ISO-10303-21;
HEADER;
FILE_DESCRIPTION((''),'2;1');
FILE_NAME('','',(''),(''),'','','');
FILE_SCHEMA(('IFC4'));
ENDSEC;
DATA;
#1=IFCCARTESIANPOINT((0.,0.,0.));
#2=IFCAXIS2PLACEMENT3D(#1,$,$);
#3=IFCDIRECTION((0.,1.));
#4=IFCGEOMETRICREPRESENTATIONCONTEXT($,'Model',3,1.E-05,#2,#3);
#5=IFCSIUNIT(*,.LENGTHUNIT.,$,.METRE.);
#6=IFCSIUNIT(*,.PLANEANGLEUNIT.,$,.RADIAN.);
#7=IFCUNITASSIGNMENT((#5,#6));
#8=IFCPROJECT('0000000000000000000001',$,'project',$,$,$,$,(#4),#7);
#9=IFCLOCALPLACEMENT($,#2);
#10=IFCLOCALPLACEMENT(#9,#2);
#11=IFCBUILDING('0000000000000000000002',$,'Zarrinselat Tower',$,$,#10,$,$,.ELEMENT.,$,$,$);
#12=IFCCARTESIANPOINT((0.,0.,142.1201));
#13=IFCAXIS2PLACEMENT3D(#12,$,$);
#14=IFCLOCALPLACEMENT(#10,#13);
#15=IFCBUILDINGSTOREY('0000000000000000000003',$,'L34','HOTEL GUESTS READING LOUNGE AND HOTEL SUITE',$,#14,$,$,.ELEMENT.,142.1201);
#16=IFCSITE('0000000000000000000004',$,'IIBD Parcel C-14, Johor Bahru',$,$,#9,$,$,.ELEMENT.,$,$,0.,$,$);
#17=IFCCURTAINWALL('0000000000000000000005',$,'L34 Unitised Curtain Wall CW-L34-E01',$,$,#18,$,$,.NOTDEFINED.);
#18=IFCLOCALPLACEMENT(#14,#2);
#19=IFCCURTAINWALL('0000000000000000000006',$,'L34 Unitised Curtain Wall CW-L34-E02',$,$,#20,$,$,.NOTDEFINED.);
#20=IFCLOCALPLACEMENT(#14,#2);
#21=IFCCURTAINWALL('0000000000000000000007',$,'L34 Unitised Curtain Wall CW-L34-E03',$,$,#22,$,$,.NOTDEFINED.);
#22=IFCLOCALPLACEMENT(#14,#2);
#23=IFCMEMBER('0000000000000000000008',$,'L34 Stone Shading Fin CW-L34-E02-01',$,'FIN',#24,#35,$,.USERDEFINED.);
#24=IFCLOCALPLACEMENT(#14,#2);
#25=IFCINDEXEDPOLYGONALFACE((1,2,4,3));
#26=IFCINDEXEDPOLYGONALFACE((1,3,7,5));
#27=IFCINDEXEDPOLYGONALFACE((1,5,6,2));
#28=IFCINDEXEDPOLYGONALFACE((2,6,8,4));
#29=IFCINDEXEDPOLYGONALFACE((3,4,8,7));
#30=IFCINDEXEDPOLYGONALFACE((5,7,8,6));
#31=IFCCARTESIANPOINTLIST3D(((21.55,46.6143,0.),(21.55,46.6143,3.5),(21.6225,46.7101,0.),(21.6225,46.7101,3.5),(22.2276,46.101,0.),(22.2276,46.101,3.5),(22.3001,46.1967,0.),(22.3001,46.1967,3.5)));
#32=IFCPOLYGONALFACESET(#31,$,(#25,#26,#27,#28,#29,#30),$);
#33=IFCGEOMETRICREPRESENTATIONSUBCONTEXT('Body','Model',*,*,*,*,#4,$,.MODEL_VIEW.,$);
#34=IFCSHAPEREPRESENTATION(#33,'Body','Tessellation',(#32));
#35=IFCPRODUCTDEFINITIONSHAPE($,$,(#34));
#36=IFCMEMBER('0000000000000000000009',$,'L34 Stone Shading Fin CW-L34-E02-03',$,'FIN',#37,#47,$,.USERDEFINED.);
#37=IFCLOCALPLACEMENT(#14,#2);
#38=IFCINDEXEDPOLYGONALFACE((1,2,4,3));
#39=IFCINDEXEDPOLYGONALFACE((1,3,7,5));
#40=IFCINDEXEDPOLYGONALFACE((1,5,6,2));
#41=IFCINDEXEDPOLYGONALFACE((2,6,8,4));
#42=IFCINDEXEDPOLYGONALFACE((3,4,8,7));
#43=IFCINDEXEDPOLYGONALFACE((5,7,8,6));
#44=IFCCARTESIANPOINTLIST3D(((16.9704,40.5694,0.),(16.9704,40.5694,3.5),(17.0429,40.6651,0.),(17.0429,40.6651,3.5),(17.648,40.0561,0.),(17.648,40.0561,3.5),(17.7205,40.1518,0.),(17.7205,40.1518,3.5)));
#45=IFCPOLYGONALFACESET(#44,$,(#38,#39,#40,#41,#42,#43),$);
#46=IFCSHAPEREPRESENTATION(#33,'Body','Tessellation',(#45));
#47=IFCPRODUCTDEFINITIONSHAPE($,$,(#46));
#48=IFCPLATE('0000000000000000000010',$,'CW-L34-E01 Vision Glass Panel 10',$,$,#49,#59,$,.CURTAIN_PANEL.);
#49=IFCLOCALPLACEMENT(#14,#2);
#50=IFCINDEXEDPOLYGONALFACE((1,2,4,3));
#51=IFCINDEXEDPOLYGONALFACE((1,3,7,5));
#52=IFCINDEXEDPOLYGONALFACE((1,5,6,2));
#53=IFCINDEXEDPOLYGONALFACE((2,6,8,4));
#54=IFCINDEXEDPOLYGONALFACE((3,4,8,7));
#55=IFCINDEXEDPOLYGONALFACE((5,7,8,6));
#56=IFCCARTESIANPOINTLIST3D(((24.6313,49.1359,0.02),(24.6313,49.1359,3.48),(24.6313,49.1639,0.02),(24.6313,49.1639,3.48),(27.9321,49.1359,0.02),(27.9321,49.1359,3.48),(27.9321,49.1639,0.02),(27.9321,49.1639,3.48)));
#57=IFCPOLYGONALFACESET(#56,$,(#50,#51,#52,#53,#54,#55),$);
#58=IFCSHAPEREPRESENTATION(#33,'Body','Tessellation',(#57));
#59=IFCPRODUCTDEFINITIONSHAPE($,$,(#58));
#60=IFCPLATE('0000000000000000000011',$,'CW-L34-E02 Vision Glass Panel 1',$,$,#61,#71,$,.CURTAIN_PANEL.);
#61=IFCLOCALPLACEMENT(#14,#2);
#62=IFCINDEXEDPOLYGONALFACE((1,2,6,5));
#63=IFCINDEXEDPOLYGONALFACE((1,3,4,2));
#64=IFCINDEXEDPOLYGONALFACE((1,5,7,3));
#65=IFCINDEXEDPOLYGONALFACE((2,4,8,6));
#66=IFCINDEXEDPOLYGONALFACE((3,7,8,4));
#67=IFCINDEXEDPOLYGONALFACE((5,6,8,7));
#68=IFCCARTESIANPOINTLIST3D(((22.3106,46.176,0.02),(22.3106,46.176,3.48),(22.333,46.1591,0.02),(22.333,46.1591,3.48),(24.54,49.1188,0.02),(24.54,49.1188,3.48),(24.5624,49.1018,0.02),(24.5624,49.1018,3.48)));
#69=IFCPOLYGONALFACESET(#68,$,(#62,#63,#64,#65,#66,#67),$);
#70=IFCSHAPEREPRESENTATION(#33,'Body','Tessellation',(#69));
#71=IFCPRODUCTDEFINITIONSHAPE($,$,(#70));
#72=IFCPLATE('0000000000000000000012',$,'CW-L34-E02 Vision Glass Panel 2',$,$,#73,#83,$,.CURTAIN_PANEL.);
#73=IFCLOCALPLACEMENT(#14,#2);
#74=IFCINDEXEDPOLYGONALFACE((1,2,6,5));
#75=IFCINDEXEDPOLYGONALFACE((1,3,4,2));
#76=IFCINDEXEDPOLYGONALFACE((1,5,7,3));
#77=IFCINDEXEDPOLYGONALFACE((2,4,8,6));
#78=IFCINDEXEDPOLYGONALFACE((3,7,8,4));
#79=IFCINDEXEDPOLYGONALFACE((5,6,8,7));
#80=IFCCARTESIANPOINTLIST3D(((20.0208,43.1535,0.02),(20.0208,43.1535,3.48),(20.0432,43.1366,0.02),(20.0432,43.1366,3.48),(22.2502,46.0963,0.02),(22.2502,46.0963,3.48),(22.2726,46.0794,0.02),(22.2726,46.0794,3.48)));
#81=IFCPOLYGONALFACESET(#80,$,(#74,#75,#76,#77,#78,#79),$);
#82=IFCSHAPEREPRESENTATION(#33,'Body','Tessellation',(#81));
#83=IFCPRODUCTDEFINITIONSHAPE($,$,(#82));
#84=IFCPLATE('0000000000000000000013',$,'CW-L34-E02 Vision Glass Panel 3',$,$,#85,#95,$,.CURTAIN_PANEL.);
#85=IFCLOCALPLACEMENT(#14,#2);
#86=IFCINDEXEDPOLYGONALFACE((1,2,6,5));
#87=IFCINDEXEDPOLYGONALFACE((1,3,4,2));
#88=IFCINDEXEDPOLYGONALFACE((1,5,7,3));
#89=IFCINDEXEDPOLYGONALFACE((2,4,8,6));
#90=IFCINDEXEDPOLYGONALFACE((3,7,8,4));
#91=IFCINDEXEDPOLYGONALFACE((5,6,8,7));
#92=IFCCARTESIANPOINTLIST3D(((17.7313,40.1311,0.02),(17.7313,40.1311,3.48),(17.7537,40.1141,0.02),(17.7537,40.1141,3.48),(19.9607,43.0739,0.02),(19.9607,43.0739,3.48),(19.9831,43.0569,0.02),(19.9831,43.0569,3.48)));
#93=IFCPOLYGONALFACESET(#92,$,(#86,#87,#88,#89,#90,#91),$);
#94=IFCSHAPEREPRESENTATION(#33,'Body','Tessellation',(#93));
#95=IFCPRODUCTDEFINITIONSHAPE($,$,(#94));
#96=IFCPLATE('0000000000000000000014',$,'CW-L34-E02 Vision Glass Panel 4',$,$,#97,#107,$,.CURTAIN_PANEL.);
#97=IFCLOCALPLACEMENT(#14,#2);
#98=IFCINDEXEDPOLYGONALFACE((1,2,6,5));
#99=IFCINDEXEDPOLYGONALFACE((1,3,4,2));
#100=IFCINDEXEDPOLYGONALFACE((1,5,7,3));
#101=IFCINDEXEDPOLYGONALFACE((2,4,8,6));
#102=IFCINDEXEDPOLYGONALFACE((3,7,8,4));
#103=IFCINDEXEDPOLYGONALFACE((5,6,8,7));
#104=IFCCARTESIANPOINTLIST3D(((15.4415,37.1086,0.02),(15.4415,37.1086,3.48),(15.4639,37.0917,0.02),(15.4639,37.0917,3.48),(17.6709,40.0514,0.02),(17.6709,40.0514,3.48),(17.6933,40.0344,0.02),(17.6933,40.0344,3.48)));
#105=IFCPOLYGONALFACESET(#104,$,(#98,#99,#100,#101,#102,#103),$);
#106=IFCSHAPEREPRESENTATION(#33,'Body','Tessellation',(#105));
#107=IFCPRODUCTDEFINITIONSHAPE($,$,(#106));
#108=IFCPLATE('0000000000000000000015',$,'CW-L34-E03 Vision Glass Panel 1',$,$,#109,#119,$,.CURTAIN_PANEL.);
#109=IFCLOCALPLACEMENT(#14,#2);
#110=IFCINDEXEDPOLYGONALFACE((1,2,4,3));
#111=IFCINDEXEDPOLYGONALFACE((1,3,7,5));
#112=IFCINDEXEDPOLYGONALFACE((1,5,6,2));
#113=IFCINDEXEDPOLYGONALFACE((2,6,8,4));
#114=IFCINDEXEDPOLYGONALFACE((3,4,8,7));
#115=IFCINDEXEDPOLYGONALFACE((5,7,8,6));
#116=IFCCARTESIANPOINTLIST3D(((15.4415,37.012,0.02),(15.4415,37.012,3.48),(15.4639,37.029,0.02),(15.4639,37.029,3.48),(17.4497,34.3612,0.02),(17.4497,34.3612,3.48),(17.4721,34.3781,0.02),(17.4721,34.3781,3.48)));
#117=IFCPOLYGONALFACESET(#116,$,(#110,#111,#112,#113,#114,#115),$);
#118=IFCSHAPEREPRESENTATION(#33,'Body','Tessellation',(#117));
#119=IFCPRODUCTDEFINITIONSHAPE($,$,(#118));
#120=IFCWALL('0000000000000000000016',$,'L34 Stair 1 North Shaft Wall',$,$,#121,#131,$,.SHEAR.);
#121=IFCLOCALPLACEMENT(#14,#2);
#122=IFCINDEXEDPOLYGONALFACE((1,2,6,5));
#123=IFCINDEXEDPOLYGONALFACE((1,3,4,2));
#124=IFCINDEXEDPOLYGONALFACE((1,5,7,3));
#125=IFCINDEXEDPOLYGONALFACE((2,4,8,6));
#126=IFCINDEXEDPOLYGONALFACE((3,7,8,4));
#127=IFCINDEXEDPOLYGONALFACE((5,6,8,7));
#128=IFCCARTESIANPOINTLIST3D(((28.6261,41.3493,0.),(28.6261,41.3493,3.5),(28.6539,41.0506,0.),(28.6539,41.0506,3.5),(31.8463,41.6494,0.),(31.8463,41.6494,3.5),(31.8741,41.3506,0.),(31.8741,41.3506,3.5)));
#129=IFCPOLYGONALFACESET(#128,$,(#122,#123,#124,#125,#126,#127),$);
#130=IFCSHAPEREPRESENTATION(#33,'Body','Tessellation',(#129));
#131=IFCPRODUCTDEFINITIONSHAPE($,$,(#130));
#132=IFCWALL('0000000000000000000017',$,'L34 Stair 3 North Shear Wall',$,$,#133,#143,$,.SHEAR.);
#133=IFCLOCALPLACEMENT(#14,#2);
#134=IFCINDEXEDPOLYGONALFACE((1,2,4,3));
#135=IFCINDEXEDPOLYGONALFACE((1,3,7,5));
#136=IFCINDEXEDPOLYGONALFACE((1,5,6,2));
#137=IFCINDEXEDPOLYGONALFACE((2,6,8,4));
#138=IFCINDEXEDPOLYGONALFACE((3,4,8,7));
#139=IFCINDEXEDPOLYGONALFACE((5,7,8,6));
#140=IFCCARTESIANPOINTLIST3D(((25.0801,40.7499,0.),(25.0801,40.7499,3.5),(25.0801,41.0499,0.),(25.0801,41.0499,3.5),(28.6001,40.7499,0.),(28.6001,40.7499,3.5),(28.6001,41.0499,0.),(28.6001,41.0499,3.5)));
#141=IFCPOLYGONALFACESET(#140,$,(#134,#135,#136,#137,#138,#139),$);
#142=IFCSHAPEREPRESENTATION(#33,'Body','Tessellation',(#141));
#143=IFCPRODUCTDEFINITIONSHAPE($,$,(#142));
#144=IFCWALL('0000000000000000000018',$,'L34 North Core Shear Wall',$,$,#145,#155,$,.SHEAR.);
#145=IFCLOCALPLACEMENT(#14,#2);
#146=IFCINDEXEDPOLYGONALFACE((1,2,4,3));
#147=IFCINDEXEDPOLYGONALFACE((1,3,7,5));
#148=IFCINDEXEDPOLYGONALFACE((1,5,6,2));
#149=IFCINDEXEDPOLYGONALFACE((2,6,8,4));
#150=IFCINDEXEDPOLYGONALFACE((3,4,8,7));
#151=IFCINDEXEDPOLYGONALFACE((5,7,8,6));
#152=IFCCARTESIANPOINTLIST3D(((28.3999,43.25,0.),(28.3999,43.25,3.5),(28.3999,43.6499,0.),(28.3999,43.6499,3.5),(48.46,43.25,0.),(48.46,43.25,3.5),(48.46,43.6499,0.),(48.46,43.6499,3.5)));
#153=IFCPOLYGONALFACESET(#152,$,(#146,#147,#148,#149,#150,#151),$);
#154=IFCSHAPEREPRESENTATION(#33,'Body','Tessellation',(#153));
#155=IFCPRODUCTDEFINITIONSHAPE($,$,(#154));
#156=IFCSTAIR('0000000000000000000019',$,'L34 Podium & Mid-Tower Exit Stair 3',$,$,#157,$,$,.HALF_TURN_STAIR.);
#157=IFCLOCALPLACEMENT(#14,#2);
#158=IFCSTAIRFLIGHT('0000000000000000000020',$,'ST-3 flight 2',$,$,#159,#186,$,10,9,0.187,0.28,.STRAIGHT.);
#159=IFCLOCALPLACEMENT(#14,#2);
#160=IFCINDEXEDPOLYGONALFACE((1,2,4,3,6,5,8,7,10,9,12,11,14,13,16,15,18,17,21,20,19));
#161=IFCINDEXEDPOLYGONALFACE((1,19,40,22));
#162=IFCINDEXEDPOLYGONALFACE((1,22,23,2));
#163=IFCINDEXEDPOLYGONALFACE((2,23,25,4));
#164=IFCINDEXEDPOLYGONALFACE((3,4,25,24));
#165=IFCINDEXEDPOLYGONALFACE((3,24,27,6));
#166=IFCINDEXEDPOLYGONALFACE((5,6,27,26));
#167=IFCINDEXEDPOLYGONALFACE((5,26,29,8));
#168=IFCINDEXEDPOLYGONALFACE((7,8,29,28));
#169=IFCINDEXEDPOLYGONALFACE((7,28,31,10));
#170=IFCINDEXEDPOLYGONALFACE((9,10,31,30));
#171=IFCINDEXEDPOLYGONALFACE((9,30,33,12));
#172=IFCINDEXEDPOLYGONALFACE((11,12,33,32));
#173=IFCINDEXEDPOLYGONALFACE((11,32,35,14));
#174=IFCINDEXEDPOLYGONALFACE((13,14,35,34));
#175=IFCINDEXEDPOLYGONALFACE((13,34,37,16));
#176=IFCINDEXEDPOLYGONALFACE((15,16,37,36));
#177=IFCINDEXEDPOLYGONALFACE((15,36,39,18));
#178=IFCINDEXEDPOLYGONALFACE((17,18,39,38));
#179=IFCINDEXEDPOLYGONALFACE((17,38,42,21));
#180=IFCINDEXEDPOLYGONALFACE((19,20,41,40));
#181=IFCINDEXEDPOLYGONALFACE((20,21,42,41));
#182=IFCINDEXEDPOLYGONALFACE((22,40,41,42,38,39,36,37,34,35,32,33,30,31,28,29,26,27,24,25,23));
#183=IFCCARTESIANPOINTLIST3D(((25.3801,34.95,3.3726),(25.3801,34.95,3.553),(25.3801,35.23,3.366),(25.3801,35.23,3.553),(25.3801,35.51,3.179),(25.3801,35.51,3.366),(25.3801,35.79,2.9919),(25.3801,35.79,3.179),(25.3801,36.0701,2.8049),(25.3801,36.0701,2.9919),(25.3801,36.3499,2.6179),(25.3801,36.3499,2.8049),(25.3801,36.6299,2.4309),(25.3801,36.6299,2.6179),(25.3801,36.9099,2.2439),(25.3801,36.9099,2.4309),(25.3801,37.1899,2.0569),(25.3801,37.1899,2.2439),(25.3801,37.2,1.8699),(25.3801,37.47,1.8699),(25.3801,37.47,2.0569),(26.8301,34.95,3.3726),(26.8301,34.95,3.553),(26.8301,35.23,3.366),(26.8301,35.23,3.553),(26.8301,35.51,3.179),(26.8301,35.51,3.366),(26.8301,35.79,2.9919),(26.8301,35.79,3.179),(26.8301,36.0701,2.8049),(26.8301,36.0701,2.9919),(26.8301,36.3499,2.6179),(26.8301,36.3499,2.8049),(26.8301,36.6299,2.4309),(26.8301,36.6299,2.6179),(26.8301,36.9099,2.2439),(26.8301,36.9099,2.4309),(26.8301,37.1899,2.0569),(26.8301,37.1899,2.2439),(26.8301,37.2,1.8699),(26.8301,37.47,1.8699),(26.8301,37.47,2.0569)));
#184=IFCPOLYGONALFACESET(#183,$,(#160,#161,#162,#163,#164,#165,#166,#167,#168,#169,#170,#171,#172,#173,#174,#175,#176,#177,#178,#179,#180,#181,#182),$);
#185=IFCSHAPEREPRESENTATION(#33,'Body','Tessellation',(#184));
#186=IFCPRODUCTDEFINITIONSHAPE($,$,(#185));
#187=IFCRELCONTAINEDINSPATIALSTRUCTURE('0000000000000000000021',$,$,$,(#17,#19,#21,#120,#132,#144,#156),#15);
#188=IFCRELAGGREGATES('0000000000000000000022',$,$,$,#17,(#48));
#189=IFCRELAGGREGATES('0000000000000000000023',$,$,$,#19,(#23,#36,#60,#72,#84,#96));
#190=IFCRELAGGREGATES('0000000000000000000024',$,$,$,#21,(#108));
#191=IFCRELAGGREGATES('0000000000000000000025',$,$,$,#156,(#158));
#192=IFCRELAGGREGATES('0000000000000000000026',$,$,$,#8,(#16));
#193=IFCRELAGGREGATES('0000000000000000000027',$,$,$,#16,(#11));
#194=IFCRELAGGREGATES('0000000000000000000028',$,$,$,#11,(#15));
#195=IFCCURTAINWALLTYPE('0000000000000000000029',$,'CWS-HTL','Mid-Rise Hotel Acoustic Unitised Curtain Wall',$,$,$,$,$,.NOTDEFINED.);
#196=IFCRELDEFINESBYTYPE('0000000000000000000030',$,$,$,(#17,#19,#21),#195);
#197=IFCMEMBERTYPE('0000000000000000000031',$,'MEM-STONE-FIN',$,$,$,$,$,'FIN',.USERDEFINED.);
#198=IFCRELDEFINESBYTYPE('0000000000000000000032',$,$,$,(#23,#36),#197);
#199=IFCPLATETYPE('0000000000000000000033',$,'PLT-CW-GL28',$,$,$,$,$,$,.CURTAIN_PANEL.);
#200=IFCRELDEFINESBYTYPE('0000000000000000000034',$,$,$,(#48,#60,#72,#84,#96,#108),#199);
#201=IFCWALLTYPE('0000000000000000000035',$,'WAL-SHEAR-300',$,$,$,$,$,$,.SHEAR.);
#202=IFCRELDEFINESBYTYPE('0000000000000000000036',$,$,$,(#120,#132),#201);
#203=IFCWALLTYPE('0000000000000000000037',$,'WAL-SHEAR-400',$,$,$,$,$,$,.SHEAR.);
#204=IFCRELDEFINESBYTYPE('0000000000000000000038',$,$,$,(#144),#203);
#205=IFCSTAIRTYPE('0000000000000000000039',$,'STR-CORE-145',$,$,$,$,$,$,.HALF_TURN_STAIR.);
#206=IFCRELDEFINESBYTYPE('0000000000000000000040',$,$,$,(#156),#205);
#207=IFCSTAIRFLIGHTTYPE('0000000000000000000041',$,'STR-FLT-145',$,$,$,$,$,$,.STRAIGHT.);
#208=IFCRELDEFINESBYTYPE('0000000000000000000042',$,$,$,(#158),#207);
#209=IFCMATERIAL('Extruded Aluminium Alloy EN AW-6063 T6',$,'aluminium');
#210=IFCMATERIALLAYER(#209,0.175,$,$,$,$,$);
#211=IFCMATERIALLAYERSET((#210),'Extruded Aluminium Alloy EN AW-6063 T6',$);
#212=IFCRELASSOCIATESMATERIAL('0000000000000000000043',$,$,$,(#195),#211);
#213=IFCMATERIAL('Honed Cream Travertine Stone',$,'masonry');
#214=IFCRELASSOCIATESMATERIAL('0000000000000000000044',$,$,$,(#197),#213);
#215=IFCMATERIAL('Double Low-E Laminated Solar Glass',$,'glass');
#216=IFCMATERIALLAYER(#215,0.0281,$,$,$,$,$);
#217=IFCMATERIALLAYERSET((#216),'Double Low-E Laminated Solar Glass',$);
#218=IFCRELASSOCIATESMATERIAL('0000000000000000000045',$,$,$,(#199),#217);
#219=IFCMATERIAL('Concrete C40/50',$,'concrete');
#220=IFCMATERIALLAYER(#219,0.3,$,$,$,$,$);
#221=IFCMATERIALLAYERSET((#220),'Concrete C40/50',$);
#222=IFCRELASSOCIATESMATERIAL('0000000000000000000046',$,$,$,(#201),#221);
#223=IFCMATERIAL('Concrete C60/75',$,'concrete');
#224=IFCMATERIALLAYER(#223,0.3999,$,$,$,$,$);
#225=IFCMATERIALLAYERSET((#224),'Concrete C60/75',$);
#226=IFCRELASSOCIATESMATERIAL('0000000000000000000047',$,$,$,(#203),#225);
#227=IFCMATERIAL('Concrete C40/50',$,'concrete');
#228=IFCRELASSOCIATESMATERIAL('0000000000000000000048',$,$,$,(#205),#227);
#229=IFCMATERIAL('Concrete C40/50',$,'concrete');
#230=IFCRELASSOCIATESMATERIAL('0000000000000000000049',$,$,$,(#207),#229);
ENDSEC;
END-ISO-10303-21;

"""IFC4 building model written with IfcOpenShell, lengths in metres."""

from ifc_helpers import new_model, si_unit, direction, frame, frame_2d, origin, origin_2d, place, context, subcontext, project, spatial, polyline, rectangle, outline, extrude, material, layer, layer_set, material_profile, profile_set, type_object, element, aggregate, save


model = new_model("IFC4")

# Units and contexts
model_context = context("Model", 3, precision=1e-05, world=origin(), true_north=direction((0.0, 1.0)))
body_context = subcontext(model_context, "Body", "Model", "MODEL_VIEW")
ifc_project = project(units=[si_unit("LENGTHUNIT", "METRE"), si_unit("PLANEANGLEUNIT", "RADIAN")], contexts=[model_context])

# Site, building, storey
site_placement = place(None, origin())
site = spatial("IfcSite", under=ifc_project, at=site_placement, Name="IIBD Parcel C-14, Johor Bahru", CompositionType="ELEMENT", RefElevation=0.0)
building_placement = place(site_placement, origin())
building = spatial("IfcBuilding", under=site, at=building_placement, Name="Zarrinselat Tower", CompositionType="ELEMENT")
storey_placement = place(building_placement, frame((0.0, 0.0, 142.1201)))
storey = spatial("IfcBuildingStorey", under=building, at=storey_placement, Name="L34", Description="HOTEL GUESTS READING LOUNGE AND HOTEL SUITE", CompositionType="ELEMENT", Elevation=142.1201)

# Curtain walls
ifc_material_1 = material(Name="Extruded Aluminium Alloy EN AW-6063 T6", Category="aluminium")
ifc_layer_1 = layer(ifc_material_1, 0.175)
ifc_layer_set_1 = layer_set([ifc_layer_1], Name="Extruded Aluminium Alloy EN AW-6063 T6")
curtain_wall_type = type_object("IfcCurtainWallType", Name="CWS-HTL", Description="Mid-Rise Hotel Acoustic Unitised Curtain Wall", PredefinedType="NOTDEFINED", material=ifc_layer_set_1)
curtain_wall_1_placement = place(storey_placement, origin())
curtain_wall_1 = element("IfcCurtainWall", 1, at=curtain_wall_1_placement, inside=storey, type_object=curtain_wall_type, Name="L34 Unitised Curtain Wall CW-L34-E01", PredefinedType="NOTDEFINED")
curtain_wall_2_placement = place(storey_placement, origin())
curtain_wall_2 = element("IfcCurtainWall", 2, at=curtain_wall_2_placement, inside=storey, type_object=curtain_wall_type, Name="L34 Unitised Curtain Wall CW-L34-E02", PredefinedType="NOTDEFINED")

# Curtain wall
curtain_wall_3_placement = place(storey_placement, origin())
curtain_wall_3 = element("IfcCurtainWall", 3, at=curtain_wall_3_placement, inside=storey, type_object=curtain_wall_type, Name="L34 Unitised Curtain Wall CW-L34-E03", PredefinedType="NOTDEFINED")

# Members
ifc_material_2 = material(Name="Honed Cream Travertine Stone", Category="masonry")
ifc_material_profile_1 = material_profile(ifc_material_2, rectangle(XDim=0.1201, YDim=0.8501, at=origin_2d()), Name="FIN 850x120")
ifc_profile_set_1 = profile_set([ifc_material_profile_1], Name="Honed Cream Travertine Stone")
member_type_1 = type_object("IfcMemberType", Name="MEM-STONE-FIN", ElementType="FIN", PredefinedType="USERDEFINED", material=ifc_profile_set_1)
member_1_placement = place(storey_placement, frame((21.925, 46.4055, 0.0), z_axis=(0.0, 0.0, 1.0), x_axis=(0.603859, 0.797091, 0.0)))
member_1 = element("IfcMember", 4, at=member_1_placement, type_object=member_type_1, Name="L34 Stone Shading Fin CW-L34-E02-01", ObjectType="FIN", PredefinedType="USERDEFINED", context=body_context, shape_type="SweptSolid", body=[
    extrude(rectangle(XDim=0.1201, YDim=0.8501, at=origin_2d()), origin(), (0.0, 0.0, 1.0), 3.5),
])
member_2_placement = place(storey_placement, frame((17.3455, 40.3606, 0.0), z_axis=(0.0, 0.0, 1.0), x_axis=(0.603859, 0.797091, 0.0)))
member_2 = element("IfcMember", 5, at=member_2_placement, type_object=member_type_1, Name="L34 Stone Shading Fin CW-L34-E02-03", ObjectType="FIN", PredefinedType="USERDEFINED", context=body_context, shape_type="SweptSolid", body=[
    extrude(rectangle(XDim=0.1201, YDim=0.8501, at=origin_2d()), origin(), (0.0, 0.0, 1.0), 3.5),
])

# Plates
ifc_material_3 = material(Name="Double Low-E Laminated Solar Glass", Category="glass")
ifc_layer_2 = layer(ifc_material_3, 0.0281)
ifc_layer_set_2 = layer_set([ifc_layer_2], Name="Double Low-E Laminated Solar Glass")
plate_type = type_object("IfcPlateType", Name="PLT-CW-GL28", PredefinedType="CURTAIN_PANEL", material=ifc_layer_set_2)
plate_1_placement = place(storey_placement, frame((26.2817, 49.1499, 0.02), z_axis=(0.0, 0.0, 1.0), x_axis=(-1.0, 0.0, 0.0)))
plate_1 = element("IfcPlate", 6, at=plate_1_placement, type_object=plate_type, Name="CW-L34-E01 Vision Glass Panel 10", PredefinedType="CURTAIN_PANEL", context=body_context, shape_type="SweptSolid", body=[
    extrude(rectangle(XDim=3.3008, YDim=0.0281, at=origin_2d()), origin(), (0.0, 0.0, 1.0), 3.46),
])
aggregate(curtain_wall_1, [plate_1])
plate_2_placement = place(storey_placement, frame((23.4365, 47.6389, 0.02), z_axis=(0.0, 0.0, 1.0), x_axis=(-0.603859, -0.797091, 0.0)))
plate_2 = element("IfcPlate", 7, at=plate_2_placement, type_object=plate_type, Name="CW-L34-E02 Vision Glass Panel 1", PredefinedType="CURTAIN_PANEL", context=body_context, shape_type="SweptSolid", body=[
    extrude(rectangle(XDim=3.6919, YDim=0.0281, at=origin_2d()), origin(), (0.0, 0.0, 1.0), 3.46),
])
plate_3_placement = place(storey_placement, frame((21.1467, 44.6165, 0.02), z_axis=(0.0, 0.0, 1.0), x_axis=(-0.603859, -0.797091, 0.0)))
plate_3 = element("IfcPlate", 8, at=plate_3_placement, type_object=plate_type, Name="CW-L34-E02 Vision Glass Panel 2", PredefinedType="CURTAIN_PANEL", context=body_context, shape_type="SweptSolid", body=[
    extrude(rectangle(XDim=3.6919, YDim=0.0281, at=origin_2d()), origin(), (0.0, 0.0, 1.0), 3.46),
])
plate_4_placement = place(storey_placement, frame((18.8572, 41.594, 0.02), z_axis=(0.0, 0.0, 1.0), x_axis=(-0.603859, -0.797091, 0.0)))
plate_4 = element("IfcPlate", 9, at=plate_4_placement, type_object=plate_type, Name="CW-L34-E02 Vision Glass Panel 3", PredefinedType="CURTAIN_PANEL", context=body_context, shape_type="SweptSolid", body=[
    extrude(rectangle(XDim=3.6919, YDim=0.0281, at=origin_2d()), origin(), (0.0, 0.0, 1.0), 3.46),
])
plate_5_placement = place(storey_placement, frame((16.5674, 38.5715, 0.02), z_axis=(0.0, 0.0, 1.0), x_axis=(-0.603859, -0.797091, 0.0)))
plate_5 = element("IfcPlate", 10, at=plate_5_placement, type_object=plate_type, Name="CW-L34-E02 Vision Glass Panel 4", PredefinedType="CURTAIN_PANEL", context=body_context, shape_type="SweptSolid", body=[
    extrude(rectangle(XDim=3.6919, YDim=0.0281, at=origin_2d()), origin(), (0.0, 0.0, 1.0), 3.46),
])
aggregate(curtain_wall_2, [member_1, member_2, plate_2, plate_3, plate_4, plate_5])
plate_6_placement = place(storey_placement, frame((16.4568, 35.6951, 0.02), z_axis=(0.0, 0.0, 1.0), x_axis=(0.603856, -0.797094, 0.0)))
plate_6 = element("IfcPlate", 11, at=plate_6_placement, type_object=plate_type, Name="CW-L34-E03 Vision Glass Panel 1", PredefinedType="CURTAIN_PANEL", context=body_context, shape_type="SweptSolid", body=[
    extrude(rectangle(XDim=3.3257, YDim=0.0281, at=origin_2d()), origin(), (0.0, 0.0, 1.0), 3.46),
])
aggregate(curtain_wall_3, [plate_6])

# Walls
ifc_material_4 = material(Name="Concrete C40/50", Category="concrete")
ifc_layer_3 = layer(ifc_material_4, 0.3)
ifc_layer_set_3 = layer_set([ifc_layer_3], Name="Concrete C40/50")
wall_type_1 = type_object("IfcWallType", Name="WAL-SHEAR-300", PredefinedType="SHEAR", material=ifc_layer_set_3)
wall_1_placement = place(storey_placement, frame((28.6399, 41.2, 0.0), z_axis=(0.0, 0.0, 1.0), x_axis=(0.995687, 0.092775, 0.0)))
element("IfcWall", 12, at=wall_1_placement, inside=storey, type_object=wall_type_1, Name="L34 Stair 1 North Shaft Wall", PredefinedType="SHEAR", context=body_context, shape_type="SweptSolid", body=[
    extrude(rectangle(XDim=3.2341, YDim=0.3, at=frame_2d((1.6172, 0.0))), origin(), (0.0, 0.0, 1.0), 3.5),
])
wall_2_placement = place(storey_placement, frame((25.0801, 40.8999, 0.0), z_axis=(0.0, 0.0, 1.0), x_axis=(1.0, 0.0, 0.0)))
element("IfcWall", 13, at=wall_2_placement, inside=storey, type_object=wall_type_1, Name="L34 Stair 3 North Shear Wall", PredefinedType="SHEAR", context=body_context, shape_type="SweptSolid", body=[
    extrude(rectangle(XDim=3.52, YDim=0.3, at=frame_2d((1.76, 0.0))), origin(), (0.0, 0.0, 1.0), 3.5),
])
ifc_material_5 = material(Name="Concrete C60/75", Category="concrete")
ifc_layer_4 = layer(ifc_material_5, 0.3999)
ifc_layer_set_4 = layer_set([ifc_layer_4], Name="Concrete C60/75")
wall_type_2 = type_object("IfcWallType", Name="WAL-SHEAR-400", PredefinedType="SHEAR", material=ifc_layer_set_4)
wall_3_placement = place(storey_placement, frame((28.3999, 43.45, 0.0), z_axis=(0.0, 0.0, 1.0), x_axis=(1.0, 0.0, 0.0)))
element("IfcWall", 14, at=wall_3_placement, inside=storey, type_object=wall_type_2, Name="L34 North Core Shear Wall", PredefinedType="SHEAR", context=body_context, shape_type="SweptSolid", body=[
    extrude(rectangle(XDim=20.0601, YDim=0.3999, at=frame_2d((10.03, 0.0))), origin(), (0.0, 0.0, 1.0), 3.5),
])

# Stair, stair flight
ifc_material_6 = material(Name="Concrete C40/50", Category="concrete")
stair_type_1 = type_object("IfcStairType", Name="STR-CORE-145", PredefinedType="HALF_TURN_STAIR", material=ifc_material_6)
stair_1_placement = place(storey_placement, origin())
stair_1 = element("IfcStair", 15, at=stair_1_placement, inside=storey, type_object=stair_type_1, Name="L34 Podium & Mid-Tower Exit Stair 3", PredefinedType="HALF_TURN_STAIR")
ifc_material_7 = material(Name="Concrete C40/50", Category="concrete")
stair_flight_type_1 = type_object("IfcStairFlightType", Name="STR-FLT-145", PredefinedType="STRAIGHT", material=ifc_material_7)
stair_flight_1_placement = place(storey_placement, frame((26.105, 37.47, 1.8699), z_axis=(0.0, 0.0, 1.0), x_axis=(0.0, -1.0, 0.0)))
stair_flight_1 = element("IfcStairFlight", 16, at=stair_flight_1_placement, type_object=stair_flight_type_1, Name="ST-3 flight 2", NumberOfRisers=10, NumberOfTreads=9, PredefinedType="STRAIGHT", RiserHeight=0.187, TreadLength=0.28, context=body_context, shape_type="SweptSolid", body=[
    extrude(outline(polyline([(0.0, 0.0), (0.0, 0.187), (0.28, 0.187), (0.28, 0.374), (0.5601, 0.374), (0.5601, 0.561), (0.8401, 0.561), (0.8401, 0.748), (1.1201, 0.748), (1.1201, 0.9351), (1.3999, 0.9351), (1.3999, 1.1221), (1.6799, 1.1221), (1.6799, 1.3091), (1.96, 1.3091), (1.96, 1.4961), (2.24, 1.4961), (2.24, 1.6831), (2.52, 1.6831), (2.52, 1.8701), (2.52, 1.5027), (0.27, 0.0), (0.0, 0.0)])), frame((0.0, 0.7251, 0.0), z_axis=(0.0, -1.0, 0.0), x_axis=(1.0, 0.0, 0.0)), (0.0, 0.0, 1.0), 1.45),
])
aggregate(stair_1, [stair_flight_1])

save(model, "model.ifc")
